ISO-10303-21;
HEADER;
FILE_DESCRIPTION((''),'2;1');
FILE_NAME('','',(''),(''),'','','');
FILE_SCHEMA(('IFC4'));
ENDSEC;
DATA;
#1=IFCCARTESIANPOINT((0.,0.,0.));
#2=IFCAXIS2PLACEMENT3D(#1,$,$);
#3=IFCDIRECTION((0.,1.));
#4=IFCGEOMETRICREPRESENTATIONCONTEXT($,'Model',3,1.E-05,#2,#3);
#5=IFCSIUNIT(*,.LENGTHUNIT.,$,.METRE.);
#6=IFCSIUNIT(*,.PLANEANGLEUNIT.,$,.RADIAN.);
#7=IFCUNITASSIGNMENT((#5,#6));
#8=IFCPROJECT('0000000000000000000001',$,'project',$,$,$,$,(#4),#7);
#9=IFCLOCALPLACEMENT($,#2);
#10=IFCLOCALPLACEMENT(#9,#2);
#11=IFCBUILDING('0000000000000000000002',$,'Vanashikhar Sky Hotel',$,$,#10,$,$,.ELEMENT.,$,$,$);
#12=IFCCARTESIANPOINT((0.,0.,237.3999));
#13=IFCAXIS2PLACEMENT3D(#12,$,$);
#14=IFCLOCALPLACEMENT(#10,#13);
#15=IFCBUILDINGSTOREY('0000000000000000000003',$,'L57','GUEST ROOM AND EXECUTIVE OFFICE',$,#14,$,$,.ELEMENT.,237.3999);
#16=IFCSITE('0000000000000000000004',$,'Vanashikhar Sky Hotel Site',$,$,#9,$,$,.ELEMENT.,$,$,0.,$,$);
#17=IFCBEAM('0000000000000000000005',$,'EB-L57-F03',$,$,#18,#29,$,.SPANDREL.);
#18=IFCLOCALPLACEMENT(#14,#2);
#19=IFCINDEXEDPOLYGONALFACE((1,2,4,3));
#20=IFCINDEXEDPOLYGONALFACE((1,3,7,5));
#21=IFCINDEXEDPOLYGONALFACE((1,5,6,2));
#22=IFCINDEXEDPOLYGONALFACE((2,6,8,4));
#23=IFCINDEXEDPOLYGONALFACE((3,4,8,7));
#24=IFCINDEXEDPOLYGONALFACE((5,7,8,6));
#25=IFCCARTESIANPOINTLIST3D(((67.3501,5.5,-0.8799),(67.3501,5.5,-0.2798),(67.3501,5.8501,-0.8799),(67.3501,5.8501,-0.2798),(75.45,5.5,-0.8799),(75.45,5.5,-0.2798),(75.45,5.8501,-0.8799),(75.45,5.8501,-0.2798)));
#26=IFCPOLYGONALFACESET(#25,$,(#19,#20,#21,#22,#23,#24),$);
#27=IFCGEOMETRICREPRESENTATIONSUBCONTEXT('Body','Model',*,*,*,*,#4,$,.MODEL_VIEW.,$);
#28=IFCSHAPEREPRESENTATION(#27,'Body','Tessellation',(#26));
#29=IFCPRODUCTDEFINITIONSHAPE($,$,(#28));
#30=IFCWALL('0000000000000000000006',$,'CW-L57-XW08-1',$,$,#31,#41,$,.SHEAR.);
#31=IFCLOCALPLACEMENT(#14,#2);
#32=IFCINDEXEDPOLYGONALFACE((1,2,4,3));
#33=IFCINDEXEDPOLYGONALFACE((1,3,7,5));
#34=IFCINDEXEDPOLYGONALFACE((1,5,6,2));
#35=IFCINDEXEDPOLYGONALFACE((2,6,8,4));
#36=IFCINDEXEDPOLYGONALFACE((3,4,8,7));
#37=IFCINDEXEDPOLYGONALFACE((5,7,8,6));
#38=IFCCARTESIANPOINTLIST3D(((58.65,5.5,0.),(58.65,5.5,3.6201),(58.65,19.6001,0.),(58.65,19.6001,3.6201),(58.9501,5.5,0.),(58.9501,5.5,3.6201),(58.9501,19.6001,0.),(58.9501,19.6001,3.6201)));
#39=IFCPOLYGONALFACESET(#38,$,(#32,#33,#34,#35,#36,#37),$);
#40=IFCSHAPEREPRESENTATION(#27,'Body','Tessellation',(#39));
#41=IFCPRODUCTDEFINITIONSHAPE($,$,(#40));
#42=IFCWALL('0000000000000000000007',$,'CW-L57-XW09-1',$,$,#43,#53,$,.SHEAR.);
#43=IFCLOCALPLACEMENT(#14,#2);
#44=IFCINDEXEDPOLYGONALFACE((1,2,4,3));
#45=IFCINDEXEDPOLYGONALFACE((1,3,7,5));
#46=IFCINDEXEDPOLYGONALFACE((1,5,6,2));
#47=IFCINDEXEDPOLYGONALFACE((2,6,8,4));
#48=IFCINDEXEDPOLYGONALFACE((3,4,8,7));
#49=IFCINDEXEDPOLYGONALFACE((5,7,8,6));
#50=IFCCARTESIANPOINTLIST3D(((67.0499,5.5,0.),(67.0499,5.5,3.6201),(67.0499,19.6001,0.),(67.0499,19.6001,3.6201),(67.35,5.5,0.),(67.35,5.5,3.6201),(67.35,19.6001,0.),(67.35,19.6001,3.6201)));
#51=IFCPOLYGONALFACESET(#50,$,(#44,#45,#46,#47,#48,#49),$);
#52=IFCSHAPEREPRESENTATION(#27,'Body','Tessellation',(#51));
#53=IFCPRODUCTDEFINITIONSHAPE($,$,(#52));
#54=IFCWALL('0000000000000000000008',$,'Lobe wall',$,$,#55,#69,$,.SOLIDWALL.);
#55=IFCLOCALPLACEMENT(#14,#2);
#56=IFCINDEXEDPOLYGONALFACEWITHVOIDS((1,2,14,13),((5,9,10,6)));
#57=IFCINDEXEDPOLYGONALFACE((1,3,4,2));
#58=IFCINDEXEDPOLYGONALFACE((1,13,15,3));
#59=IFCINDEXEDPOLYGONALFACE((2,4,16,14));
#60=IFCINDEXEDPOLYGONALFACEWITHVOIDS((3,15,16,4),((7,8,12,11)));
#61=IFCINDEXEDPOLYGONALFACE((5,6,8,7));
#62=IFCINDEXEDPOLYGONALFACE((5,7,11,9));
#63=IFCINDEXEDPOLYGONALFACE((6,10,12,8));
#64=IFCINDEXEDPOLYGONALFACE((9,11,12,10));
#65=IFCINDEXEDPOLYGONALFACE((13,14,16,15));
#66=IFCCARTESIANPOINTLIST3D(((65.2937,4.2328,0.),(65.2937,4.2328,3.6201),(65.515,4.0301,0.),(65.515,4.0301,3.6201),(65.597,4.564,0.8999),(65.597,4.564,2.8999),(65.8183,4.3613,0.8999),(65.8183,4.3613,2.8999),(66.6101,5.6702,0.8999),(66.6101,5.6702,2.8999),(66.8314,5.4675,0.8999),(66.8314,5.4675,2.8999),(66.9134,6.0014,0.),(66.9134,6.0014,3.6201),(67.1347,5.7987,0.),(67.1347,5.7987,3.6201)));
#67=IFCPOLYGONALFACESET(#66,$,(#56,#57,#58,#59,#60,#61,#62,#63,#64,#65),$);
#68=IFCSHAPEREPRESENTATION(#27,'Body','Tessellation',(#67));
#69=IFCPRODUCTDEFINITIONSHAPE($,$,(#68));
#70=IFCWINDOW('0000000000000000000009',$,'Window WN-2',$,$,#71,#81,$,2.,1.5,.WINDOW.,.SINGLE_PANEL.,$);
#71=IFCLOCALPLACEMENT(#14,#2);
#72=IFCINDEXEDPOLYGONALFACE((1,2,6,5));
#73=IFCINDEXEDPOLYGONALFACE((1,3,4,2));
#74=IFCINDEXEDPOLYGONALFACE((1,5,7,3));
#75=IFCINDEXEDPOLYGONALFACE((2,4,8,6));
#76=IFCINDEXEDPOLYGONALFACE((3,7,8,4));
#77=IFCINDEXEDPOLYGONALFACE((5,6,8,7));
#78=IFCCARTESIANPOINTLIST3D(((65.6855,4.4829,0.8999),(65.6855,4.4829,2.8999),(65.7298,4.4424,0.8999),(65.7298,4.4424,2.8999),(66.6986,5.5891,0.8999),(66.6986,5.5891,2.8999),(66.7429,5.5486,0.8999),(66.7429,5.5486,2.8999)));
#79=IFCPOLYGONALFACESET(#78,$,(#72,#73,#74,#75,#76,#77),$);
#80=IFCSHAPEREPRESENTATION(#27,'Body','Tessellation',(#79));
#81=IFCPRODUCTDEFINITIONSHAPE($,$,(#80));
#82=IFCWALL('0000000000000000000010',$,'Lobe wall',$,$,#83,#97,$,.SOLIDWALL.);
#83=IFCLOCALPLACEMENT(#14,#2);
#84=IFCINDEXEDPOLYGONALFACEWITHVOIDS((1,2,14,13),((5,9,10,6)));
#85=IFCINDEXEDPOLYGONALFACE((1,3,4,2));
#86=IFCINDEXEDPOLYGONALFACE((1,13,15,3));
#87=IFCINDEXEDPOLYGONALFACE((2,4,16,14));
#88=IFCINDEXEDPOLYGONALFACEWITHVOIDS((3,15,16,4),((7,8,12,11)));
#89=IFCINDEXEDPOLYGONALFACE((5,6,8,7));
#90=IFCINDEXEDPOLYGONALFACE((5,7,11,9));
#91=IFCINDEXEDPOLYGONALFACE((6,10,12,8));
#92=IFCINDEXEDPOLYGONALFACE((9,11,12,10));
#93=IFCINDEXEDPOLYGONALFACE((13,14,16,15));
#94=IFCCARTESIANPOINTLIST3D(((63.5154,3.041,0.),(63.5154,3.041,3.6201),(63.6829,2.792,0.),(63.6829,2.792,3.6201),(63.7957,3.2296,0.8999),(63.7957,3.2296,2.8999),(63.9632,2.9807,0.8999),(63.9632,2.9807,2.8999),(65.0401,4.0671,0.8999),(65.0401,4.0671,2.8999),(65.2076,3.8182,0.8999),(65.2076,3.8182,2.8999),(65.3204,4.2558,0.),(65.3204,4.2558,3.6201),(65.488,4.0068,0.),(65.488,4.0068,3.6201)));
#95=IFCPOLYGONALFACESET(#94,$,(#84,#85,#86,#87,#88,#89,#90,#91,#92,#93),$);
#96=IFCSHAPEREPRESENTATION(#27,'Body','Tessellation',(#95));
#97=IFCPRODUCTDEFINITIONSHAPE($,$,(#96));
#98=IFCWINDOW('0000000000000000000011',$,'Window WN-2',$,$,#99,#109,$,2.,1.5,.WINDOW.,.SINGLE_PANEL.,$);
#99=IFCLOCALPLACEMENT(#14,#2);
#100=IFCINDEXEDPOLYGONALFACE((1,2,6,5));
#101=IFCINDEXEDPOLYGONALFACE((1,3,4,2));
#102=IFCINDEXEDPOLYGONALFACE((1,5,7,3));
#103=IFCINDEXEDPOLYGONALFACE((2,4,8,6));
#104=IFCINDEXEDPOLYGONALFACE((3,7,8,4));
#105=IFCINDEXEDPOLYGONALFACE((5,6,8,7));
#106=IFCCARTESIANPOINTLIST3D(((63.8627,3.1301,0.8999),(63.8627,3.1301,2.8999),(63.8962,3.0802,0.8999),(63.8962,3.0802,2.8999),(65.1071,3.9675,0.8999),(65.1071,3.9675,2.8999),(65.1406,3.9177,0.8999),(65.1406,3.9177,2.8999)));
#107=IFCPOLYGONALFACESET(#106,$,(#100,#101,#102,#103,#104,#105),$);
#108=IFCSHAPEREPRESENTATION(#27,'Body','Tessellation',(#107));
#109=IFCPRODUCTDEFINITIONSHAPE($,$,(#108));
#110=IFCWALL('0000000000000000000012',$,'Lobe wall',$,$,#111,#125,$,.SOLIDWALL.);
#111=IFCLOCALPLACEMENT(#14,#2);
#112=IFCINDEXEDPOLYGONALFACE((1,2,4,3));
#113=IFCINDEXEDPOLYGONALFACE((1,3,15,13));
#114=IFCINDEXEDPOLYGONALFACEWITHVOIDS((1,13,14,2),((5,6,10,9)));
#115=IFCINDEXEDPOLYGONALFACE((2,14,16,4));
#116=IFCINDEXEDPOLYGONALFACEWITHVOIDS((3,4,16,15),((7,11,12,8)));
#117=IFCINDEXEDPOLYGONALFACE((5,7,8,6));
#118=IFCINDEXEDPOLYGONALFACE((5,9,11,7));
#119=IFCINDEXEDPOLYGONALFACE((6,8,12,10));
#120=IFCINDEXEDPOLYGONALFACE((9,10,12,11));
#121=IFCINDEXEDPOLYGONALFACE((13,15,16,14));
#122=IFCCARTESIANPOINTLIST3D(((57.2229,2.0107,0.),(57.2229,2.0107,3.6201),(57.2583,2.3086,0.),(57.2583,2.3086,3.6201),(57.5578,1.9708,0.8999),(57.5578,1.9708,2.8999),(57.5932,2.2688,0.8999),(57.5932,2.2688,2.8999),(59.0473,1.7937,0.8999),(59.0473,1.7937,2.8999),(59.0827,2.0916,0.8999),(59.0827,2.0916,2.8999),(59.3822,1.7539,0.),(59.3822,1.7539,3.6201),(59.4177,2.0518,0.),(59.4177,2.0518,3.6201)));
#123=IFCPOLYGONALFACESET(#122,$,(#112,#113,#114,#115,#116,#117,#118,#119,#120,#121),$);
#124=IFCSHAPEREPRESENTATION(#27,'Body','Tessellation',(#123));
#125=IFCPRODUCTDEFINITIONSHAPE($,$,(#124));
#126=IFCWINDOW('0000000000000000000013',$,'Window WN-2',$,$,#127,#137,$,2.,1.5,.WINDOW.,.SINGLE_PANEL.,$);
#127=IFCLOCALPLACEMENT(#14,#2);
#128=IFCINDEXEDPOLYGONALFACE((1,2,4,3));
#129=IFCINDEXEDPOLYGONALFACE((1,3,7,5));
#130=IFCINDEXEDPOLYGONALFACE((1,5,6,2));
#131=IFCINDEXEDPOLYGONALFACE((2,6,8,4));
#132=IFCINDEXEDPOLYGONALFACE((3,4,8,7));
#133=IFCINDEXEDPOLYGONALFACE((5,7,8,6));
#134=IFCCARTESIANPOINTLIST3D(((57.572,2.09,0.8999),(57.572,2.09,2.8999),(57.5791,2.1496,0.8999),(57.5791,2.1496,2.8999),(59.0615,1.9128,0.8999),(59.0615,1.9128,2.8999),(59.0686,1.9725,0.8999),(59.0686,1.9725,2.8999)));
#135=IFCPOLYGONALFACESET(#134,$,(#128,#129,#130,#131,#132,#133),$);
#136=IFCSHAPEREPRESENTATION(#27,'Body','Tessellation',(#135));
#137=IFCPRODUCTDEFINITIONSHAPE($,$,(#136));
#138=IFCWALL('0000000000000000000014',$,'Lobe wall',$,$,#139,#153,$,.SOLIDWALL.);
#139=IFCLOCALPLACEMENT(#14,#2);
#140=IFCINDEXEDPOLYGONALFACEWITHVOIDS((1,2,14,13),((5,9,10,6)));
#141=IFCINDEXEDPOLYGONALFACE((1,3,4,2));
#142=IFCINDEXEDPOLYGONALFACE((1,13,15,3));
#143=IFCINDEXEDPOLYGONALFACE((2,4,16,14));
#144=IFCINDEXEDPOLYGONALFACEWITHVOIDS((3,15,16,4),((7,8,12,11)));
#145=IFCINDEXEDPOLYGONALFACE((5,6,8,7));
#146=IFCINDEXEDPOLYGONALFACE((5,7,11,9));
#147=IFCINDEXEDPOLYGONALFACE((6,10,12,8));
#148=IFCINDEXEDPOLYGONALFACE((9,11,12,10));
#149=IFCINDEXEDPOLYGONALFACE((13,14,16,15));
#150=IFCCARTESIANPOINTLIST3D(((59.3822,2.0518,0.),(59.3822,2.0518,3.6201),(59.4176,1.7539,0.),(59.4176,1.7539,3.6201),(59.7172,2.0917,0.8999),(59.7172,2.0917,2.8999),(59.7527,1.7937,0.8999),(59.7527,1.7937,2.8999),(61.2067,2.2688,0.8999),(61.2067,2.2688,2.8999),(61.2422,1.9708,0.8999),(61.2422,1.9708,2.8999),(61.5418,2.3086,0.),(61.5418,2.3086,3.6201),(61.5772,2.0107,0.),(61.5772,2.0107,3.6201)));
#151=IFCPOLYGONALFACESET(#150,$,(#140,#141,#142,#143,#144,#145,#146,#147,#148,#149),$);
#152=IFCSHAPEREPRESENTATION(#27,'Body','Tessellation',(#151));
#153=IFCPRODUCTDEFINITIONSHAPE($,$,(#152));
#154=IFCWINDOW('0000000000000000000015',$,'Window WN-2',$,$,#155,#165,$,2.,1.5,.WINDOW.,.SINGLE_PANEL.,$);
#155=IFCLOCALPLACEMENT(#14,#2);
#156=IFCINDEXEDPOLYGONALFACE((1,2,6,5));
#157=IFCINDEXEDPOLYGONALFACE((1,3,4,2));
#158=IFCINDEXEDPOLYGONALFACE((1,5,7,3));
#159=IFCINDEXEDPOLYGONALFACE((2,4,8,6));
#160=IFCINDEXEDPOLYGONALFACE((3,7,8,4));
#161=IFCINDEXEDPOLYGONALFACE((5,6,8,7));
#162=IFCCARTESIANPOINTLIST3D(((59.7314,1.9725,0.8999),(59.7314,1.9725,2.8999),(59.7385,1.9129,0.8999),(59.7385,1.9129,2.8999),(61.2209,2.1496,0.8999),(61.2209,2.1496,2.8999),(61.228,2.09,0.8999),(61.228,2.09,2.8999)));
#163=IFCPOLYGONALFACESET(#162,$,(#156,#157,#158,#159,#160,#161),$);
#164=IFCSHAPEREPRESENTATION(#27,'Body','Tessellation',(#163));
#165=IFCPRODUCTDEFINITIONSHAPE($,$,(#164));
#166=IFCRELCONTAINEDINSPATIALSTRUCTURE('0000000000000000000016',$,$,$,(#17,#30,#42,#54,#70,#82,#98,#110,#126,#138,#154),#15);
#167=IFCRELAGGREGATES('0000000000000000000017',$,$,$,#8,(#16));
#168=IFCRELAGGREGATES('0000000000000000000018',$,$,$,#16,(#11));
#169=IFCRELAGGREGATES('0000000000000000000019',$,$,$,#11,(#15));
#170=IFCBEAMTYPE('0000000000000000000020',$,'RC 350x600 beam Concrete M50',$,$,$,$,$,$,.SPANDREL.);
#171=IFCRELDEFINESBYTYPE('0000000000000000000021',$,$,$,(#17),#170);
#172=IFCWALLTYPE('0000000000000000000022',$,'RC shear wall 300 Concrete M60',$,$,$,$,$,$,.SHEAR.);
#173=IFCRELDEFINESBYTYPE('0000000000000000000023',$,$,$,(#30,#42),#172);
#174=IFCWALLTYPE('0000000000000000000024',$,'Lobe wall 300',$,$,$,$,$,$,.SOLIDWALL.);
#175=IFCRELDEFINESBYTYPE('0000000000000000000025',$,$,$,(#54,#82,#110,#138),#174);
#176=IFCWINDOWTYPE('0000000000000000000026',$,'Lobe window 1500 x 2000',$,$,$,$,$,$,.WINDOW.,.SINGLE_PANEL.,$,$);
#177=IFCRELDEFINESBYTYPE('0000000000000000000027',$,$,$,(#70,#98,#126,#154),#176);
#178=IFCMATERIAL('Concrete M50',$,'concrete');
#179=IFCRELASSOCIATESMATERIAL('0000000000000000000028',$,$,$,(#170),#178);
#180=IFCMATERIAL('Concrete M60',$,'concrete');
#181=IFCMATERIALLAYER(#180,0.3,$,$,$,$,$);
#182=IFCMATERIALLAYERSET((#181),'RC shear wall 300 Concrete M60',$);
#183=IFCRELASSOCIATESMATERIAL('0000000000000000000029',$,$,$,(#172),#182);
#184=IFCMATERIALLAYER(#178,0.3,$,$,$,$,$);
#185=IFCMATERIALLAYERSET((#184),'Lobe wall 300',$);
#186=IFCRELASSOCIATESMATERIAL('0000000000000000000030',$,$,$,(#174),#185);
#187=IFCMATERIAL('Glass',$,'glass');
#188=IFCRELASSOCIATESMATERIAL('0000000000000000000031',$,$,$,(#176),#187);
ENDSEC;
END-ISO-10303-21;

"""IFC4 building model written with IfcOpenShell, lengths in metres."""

from ifc_helpers import new_model, si_unit, direction, frame, frame_2d, origin, origin_2d, place, context, subcontext, project, spatial, rectangle, extrude, source, transform, mapped, material, layer, layer_set, material_profile, profile_set, type_object, element, fill, save


model = new_model("IFC4")

# Units and contexts
model_context = context("Model", 3, precision=1e-05, world=origin(), true_north=direction((0.0, 1.0)))
body_context = subcontext(model_context, "Body", "Model", "MODEL_VIEW")
ifc_project = project(units=[si_unit("LENGTHUNIT", "METRE"), si_unit("PLANEANGLEUNIT", "RADIAN")], contexts=[model_context])

# Site, building, storey
site_placement = place(None, origin())
site = spatial("IfcSite", under=ifc_project, at=site_placement, Name="Vanashikhar Sky Hotel Site", CompositionType="ELEMENT", RefElevation=0.0)
building_placement = place(site_placement, origin())
building = spatial("IfcBuilding", under=site, at=building_placement, Name="Vanashikhar Sky Hotel", CompositionType="ELEMENT")
storey_placement = place(building_placement, frame((0.0, 0.0, 237.3999)))
storey = spatial("IfcBuildingStorey", under=building, at=storey_placement, Name="L57", Description="GUEST ROOM AND EXECUTIVE OFFICE", CompositionType="ELEMENT", Elevation=237.3999)

# Beam
ifc_material_1 = material(Name="Concrete M50", Category="concrete")
ifc_material_profile_1 = material_profile(ifc_material_1, rectangle(XDim=0.3501, YDim=0.6001, at=origin_2d()))
ifc_profile_set_1 = profile_set([ifc_material_profile_1], Name="RC 350x600 beam Concrete M50")
beam_type = type_object("IfcBeamType", Name="RC 350x600 beam Concrete M50", PredefinedType="SPANDREL", material=ifc_profile_set_1)
shared_shape_1 = source(origin(), body_context, "Body", "SweptSolid", [
    extrude(rectangle(XDim=0.3501, YDim=0.6001, at=origin_2d()), origin(), (0.0, 0.0, 1.0), 8.0999),
])
beam_placement = place(storey_placement, frame((67.3501, 5.675, -0.5798), z_axis=(1.0, 0.0, 0.0), x_axis=(0.0, 1.0, 0.0)))
element("IfcBeam", 1, at=beam_placement, inside=storey, type_object=beam_type, Name="EB-L57-F03", PredefinedType="SPANDREL", context=body_context, shape_type="MappedRepresentation", body=[
    mapped(shared_shape_1, transform((0.0, 0.0, 0.0), scale=1.0)),
])

# Walls
ifc_material_2 = material(Name="Concrete M60", Category="concrete")
ifc_layer_1 = layer(ifc_material_2, 0.3)
ifc_layer_set_1 = layer_set([ifc_layer_1], Name="RC shear wall 300 Concrete M60")
wall_type_1 = type_object("IfcWallType", Name="RC shear wall 300 Concrete M60", PredefinedType="SHEAR", material=ifc_layer_set_1)
shared_shape_2 = source(origin(), body_context, "Body", "SweptSolid", [
    extrude(rectangle(XDim=14.1001, YDim=0.3, at=frame_2d((7.05, 0.0))), origin(), (0.0, 0.0, 1.0), 3.6201),
])
for number, where, z_axis, x_axis, name in (
    (2, (58.8, 5.5, 0.0), (0.0, 0.0, 1.0), (0.0, 1.0, 0.0), "CW-L57-XW08-1"),
    (3, (67.2, 5.5, 0.0), (0.0, 0.0, 1.0), (0.0, 1.0, 0.0), "CW-L57-XW09-1"),
):
    element("IfcWall", number, at=place(storey_placement, frame(where, z_axis=z_axis, x_axis=x_axis)), inside=storey, type_object=wall_type_1, Name=name, PredefinedType="SHEAR", context=body_context, shape_type="MappedRepresentation", body=[
        mapped(shared_shape_2, transform((0.0, 0.0, 0.0), scale=1.0)),
    ])

# Walls, openings, windows
ifc_layer_2 = layer(ifc_material_1, 0.3)
ifc_layer_set_2 = layer_set([ifc_layer_2], Name="Lobe wall 300")
wall_type_2 = type_object("IfcWallType", Name="Lobe wall 300", PredefinedType="SOLIDWALL", material=ifc_layer_set_2)
shared_shape_3 = source(origin(), body_context, "Body", "SweptSolid", [
    extrude(rectangle(XDim=2.3982, YDim=0.3, at=frame_2d((1.1992, 0.0))), origin(), (0.0, 0.0, 1.0), 3.6201),
])
wall_1_placement = place(storey_placement, frame((65.4043, 4.1313, 0.0), z_axis=(0.0, 0.0, 1.0), x_axis=(0.675374, 0.737475, 0.0)))
wall_1 = element("IfcWall", 4, at=wall_1_placement, inside=storey, type_object=wall_type_2, Name="Lobe wall", PredefinedType="SOLIDWALL", context=body_context, shape_type="MappedRepresentation", body=[
    mapped(shared_shape_3, transform((0.0, 0.0, 0.0), scale=1.0)),
])
shared_shape_4 = source(origin(), body_context, "Body", "SweptSolid", [
    extrude(rectangle(XDim=1.5, YDim=2.0, at=frame_2d((0.75, 1.0))), frame((0.0, 0.1602, 0.0), z_axis=(0.0, -1.0, 0.0), x_axis=(1.0, 0.0, 0.0)), (0.0, 0.0, 1.0), 0.3201),
])
opening_1_placement = place(wall_1_placement, frame((0.4492, 0.0, 0.8999)))
opening_1 = element("IfcOpeningElement", 5, at=opening_1_placement, cuts=wall_1, PredefinedType="OPENING", context=body_context, shape_type="MappedRepresentation", body=[
    mapped(shared_shape_4, transform((0.0, 0.0, 0.0), scale=1.0)),
])
ifc_material_3 = material(Name="Glass", Category="glass")
window_type = type_object("IfcWindowType", Name="Lobe window 1500 x 2000", PartitioningType="SINGLE_PANEL", PredefinedType="WINDOW", material=ifc_material_3)
shared_shape_5 = source(origin(), body_context, "Body", "SweptSolid", [
    extrude(rectangle(XDim=1.5, YDim=2.0, at=frame_2d((0.75, 1.0))), frame((0.0, 0.03, 0.0), z_axis=(0.0, -1.0, 0.0), x_axis=(1.0, 0.0, 0.0)), (0.0, 0.0, 1.0), 0.0601),
])
window_1_placement = place(opening_1_placement, origin())
window_1 = element("IfcWindow", 6, at=window_1_placement, inside=storey, type_object=window_type, Name="Window WN-2", OverallHeight=2.0, OverallWidth=1.5, PartitioningType="SINGLE_PANEL", PredefinedType="WINDOW", context=body_context, shape_type="MappedRepresentation", body=[
    mapped(shared_shape_5, transform((0.0, 0.0, 0.0), scale=1.0)),
])
fill(opening_1, window_1)
shared_shape_6 = source(origin(), body_context, "Body", "SweptSolid", [
    extrude(rectangle(XDim=2.1758, YDim=0.3, at=frame_2d((1.0879, 0.0))), origin(), (0.0, 0.0, 1.0), 3.6201),
])
wall_2_placement = place(storey_placement, frame((63.5991, 2.9165, 0.0), z_axis=(0.0, 0.0, 1.0), x_axis=(0.829626, 0.55832, 0.0)))
wall_2 = element("IfcWall", 7, at=wall_2_placement, inside=storey, type_object=wall_type_2, Name="Lobe wall", PredefinedType="SOLIDWALL", context=body_context, shape_type="MappedRepresentation", body=[
    mapped(shared_shape_6, transform((0.0, 0.0, 0.0), scale=1.0)),
])
opening_2_placement = place(wall_2_placement, frame((0.3379, 0.0, 0.8999)))
opening_2 = element("IfcOpeningElement", 8, at=opening_2_placement, cuts=wall_2, PredefinedType="OPENING", context=body_context, shape_type="MappedRepresentation", body=[
    mapped(shared_shape_4, transform((0.0, 0.0, 0.0), scale=1.0)),
])
window_2_placement = place(opening_2_placement, origin())
window_2 = element("IfcWindow", 9, at=window_2_placement, inside=storey, type_object=window_type, Name="Window WN-2", OverallHeight=2.0, OverallWidth=1.5, PartitioningType="SINGLE_PANEL", PredefinedType="WINDOW", context=body_context, shape_type="MappedRepresentation", body=[
    mapped(shared_shape_5, transform((0.0, 0.0, 0.0), scale=1.0)),
])
fill(opening_2, window_2)
shared_shape_7 = source(origin(), body_context, "Body", "SweptSolid", [
    extrude(rectangle(XDim=2.1746, YDim=0.3, at=frame_2d((1.0874, 0.0))), origin(), (0.0, 0.0, 1.0), 3.6201),
])
wall_3_placement = place(storey_placement, frame((57.2405, 2.1597, 0.0), z_axis=(0.0, 0.0, 1.0), x_axis=(0.993001, -0.118105, 0.0)))
wall_3 = element("IfcWall", 10, at=wall_3_placement, inside=storey, type_object=wall_type_2, Name="Lobe wall", PredefinedType="SOLIDWALL", context=body_context, shape_type="MappedRepresentation", body=[
    mapped(shared_shape_7, transform((0.0, 0.0, 0.0), scale=1.0)),
])
opening_3_placement = place(wall_3_placement, frame((0.3374, 0.0, 0.8999)))
opening_3 = element("IfcOpeningElement", 11, at=opening_3_placement, cuts=wall_3, PredefinedType="OPENING", context=body_context, shape_type="MappedRepresentation", body=[
    mapped(shared_shape_4, transform((0.0, 0.0, 0.0), scale=1.0)),
])
window_3_placement = place(opening_3_placement, origin())
window_3 = element("IfcWindow", 12, at=window_3_placement, inside=storey, type_object=window_type, Name="Window WN-2", OverallHeight=2.0, OverallWidth=1.5, PartitioningType="SINGLE_PANEL", PredefinedType="WINDOW", context=body_context, shape_type="MappedRepresentation", body=[
    mapped(shared_shape_5, transform((0.0, 0.0, 0.0), scale=1.0)),
])
fill(opening_3, window_3)
shared_shape_8 = source(origin(), body_context, "Body", "SweptSolid", [
    extrude(rectangle(XDim=2.1748, YDim=0.3, at=frame_2d((1.0874, 0.0))), origin(), (0.0, 0.0, 1.0), 3.6201),
])
wall_4_placement = place(storey_placement, frame((59.3999, 1.9028, 0.0), z_axis=(0.0, 0.0, 1.0), x_axis=(0.993003, 0.118092, 0.0)))
wall_4 = element("IfcWall", 13, at=wall_4_placement, inside=storey, type_object=wall_type_2, Name="Lobe wall", PredefinedType="SOLIDWALL", context=body_context, shape_type="MappedRepresentation", body=[
    mapped(shared_shape_8, transform((0.0, 0.0, 0.0), scale=1.0)),
])
opening_4_placement = place(wall_4_placement, frame((0.3374, 0.0, 0.8999)))
opening_4 = element("IfcOpeningElement", 14, at=opening_4_placement, cuts=wall_4, PredefinedType="OPENING", context=body_context, shape_type="MappedRepresentation", body=[
    mapped(shared_shape_4, transform((0.0, 0.0, 0.0), scale=1.0)),
])
window_4_placement = place(opening_4_placement, origin())
window_4 = element("IfcWindow", 15, at=window_4_placement, inside=storey, type_object=window_type, Name="Window WN-2", OverallHeight=2.0, OverallWidth=1.5, PartitioningType="SINGLE_PANEL", PredefinedType="WINDOW", context=body_context, shape_type="MappedRepresentation", body=[
    mapped(shared_shape_5, transform((0.0, 0.0, 0.0), scale=1.0)),
])
fill(opening_4, window_4)

save(model, "model.ifc")
